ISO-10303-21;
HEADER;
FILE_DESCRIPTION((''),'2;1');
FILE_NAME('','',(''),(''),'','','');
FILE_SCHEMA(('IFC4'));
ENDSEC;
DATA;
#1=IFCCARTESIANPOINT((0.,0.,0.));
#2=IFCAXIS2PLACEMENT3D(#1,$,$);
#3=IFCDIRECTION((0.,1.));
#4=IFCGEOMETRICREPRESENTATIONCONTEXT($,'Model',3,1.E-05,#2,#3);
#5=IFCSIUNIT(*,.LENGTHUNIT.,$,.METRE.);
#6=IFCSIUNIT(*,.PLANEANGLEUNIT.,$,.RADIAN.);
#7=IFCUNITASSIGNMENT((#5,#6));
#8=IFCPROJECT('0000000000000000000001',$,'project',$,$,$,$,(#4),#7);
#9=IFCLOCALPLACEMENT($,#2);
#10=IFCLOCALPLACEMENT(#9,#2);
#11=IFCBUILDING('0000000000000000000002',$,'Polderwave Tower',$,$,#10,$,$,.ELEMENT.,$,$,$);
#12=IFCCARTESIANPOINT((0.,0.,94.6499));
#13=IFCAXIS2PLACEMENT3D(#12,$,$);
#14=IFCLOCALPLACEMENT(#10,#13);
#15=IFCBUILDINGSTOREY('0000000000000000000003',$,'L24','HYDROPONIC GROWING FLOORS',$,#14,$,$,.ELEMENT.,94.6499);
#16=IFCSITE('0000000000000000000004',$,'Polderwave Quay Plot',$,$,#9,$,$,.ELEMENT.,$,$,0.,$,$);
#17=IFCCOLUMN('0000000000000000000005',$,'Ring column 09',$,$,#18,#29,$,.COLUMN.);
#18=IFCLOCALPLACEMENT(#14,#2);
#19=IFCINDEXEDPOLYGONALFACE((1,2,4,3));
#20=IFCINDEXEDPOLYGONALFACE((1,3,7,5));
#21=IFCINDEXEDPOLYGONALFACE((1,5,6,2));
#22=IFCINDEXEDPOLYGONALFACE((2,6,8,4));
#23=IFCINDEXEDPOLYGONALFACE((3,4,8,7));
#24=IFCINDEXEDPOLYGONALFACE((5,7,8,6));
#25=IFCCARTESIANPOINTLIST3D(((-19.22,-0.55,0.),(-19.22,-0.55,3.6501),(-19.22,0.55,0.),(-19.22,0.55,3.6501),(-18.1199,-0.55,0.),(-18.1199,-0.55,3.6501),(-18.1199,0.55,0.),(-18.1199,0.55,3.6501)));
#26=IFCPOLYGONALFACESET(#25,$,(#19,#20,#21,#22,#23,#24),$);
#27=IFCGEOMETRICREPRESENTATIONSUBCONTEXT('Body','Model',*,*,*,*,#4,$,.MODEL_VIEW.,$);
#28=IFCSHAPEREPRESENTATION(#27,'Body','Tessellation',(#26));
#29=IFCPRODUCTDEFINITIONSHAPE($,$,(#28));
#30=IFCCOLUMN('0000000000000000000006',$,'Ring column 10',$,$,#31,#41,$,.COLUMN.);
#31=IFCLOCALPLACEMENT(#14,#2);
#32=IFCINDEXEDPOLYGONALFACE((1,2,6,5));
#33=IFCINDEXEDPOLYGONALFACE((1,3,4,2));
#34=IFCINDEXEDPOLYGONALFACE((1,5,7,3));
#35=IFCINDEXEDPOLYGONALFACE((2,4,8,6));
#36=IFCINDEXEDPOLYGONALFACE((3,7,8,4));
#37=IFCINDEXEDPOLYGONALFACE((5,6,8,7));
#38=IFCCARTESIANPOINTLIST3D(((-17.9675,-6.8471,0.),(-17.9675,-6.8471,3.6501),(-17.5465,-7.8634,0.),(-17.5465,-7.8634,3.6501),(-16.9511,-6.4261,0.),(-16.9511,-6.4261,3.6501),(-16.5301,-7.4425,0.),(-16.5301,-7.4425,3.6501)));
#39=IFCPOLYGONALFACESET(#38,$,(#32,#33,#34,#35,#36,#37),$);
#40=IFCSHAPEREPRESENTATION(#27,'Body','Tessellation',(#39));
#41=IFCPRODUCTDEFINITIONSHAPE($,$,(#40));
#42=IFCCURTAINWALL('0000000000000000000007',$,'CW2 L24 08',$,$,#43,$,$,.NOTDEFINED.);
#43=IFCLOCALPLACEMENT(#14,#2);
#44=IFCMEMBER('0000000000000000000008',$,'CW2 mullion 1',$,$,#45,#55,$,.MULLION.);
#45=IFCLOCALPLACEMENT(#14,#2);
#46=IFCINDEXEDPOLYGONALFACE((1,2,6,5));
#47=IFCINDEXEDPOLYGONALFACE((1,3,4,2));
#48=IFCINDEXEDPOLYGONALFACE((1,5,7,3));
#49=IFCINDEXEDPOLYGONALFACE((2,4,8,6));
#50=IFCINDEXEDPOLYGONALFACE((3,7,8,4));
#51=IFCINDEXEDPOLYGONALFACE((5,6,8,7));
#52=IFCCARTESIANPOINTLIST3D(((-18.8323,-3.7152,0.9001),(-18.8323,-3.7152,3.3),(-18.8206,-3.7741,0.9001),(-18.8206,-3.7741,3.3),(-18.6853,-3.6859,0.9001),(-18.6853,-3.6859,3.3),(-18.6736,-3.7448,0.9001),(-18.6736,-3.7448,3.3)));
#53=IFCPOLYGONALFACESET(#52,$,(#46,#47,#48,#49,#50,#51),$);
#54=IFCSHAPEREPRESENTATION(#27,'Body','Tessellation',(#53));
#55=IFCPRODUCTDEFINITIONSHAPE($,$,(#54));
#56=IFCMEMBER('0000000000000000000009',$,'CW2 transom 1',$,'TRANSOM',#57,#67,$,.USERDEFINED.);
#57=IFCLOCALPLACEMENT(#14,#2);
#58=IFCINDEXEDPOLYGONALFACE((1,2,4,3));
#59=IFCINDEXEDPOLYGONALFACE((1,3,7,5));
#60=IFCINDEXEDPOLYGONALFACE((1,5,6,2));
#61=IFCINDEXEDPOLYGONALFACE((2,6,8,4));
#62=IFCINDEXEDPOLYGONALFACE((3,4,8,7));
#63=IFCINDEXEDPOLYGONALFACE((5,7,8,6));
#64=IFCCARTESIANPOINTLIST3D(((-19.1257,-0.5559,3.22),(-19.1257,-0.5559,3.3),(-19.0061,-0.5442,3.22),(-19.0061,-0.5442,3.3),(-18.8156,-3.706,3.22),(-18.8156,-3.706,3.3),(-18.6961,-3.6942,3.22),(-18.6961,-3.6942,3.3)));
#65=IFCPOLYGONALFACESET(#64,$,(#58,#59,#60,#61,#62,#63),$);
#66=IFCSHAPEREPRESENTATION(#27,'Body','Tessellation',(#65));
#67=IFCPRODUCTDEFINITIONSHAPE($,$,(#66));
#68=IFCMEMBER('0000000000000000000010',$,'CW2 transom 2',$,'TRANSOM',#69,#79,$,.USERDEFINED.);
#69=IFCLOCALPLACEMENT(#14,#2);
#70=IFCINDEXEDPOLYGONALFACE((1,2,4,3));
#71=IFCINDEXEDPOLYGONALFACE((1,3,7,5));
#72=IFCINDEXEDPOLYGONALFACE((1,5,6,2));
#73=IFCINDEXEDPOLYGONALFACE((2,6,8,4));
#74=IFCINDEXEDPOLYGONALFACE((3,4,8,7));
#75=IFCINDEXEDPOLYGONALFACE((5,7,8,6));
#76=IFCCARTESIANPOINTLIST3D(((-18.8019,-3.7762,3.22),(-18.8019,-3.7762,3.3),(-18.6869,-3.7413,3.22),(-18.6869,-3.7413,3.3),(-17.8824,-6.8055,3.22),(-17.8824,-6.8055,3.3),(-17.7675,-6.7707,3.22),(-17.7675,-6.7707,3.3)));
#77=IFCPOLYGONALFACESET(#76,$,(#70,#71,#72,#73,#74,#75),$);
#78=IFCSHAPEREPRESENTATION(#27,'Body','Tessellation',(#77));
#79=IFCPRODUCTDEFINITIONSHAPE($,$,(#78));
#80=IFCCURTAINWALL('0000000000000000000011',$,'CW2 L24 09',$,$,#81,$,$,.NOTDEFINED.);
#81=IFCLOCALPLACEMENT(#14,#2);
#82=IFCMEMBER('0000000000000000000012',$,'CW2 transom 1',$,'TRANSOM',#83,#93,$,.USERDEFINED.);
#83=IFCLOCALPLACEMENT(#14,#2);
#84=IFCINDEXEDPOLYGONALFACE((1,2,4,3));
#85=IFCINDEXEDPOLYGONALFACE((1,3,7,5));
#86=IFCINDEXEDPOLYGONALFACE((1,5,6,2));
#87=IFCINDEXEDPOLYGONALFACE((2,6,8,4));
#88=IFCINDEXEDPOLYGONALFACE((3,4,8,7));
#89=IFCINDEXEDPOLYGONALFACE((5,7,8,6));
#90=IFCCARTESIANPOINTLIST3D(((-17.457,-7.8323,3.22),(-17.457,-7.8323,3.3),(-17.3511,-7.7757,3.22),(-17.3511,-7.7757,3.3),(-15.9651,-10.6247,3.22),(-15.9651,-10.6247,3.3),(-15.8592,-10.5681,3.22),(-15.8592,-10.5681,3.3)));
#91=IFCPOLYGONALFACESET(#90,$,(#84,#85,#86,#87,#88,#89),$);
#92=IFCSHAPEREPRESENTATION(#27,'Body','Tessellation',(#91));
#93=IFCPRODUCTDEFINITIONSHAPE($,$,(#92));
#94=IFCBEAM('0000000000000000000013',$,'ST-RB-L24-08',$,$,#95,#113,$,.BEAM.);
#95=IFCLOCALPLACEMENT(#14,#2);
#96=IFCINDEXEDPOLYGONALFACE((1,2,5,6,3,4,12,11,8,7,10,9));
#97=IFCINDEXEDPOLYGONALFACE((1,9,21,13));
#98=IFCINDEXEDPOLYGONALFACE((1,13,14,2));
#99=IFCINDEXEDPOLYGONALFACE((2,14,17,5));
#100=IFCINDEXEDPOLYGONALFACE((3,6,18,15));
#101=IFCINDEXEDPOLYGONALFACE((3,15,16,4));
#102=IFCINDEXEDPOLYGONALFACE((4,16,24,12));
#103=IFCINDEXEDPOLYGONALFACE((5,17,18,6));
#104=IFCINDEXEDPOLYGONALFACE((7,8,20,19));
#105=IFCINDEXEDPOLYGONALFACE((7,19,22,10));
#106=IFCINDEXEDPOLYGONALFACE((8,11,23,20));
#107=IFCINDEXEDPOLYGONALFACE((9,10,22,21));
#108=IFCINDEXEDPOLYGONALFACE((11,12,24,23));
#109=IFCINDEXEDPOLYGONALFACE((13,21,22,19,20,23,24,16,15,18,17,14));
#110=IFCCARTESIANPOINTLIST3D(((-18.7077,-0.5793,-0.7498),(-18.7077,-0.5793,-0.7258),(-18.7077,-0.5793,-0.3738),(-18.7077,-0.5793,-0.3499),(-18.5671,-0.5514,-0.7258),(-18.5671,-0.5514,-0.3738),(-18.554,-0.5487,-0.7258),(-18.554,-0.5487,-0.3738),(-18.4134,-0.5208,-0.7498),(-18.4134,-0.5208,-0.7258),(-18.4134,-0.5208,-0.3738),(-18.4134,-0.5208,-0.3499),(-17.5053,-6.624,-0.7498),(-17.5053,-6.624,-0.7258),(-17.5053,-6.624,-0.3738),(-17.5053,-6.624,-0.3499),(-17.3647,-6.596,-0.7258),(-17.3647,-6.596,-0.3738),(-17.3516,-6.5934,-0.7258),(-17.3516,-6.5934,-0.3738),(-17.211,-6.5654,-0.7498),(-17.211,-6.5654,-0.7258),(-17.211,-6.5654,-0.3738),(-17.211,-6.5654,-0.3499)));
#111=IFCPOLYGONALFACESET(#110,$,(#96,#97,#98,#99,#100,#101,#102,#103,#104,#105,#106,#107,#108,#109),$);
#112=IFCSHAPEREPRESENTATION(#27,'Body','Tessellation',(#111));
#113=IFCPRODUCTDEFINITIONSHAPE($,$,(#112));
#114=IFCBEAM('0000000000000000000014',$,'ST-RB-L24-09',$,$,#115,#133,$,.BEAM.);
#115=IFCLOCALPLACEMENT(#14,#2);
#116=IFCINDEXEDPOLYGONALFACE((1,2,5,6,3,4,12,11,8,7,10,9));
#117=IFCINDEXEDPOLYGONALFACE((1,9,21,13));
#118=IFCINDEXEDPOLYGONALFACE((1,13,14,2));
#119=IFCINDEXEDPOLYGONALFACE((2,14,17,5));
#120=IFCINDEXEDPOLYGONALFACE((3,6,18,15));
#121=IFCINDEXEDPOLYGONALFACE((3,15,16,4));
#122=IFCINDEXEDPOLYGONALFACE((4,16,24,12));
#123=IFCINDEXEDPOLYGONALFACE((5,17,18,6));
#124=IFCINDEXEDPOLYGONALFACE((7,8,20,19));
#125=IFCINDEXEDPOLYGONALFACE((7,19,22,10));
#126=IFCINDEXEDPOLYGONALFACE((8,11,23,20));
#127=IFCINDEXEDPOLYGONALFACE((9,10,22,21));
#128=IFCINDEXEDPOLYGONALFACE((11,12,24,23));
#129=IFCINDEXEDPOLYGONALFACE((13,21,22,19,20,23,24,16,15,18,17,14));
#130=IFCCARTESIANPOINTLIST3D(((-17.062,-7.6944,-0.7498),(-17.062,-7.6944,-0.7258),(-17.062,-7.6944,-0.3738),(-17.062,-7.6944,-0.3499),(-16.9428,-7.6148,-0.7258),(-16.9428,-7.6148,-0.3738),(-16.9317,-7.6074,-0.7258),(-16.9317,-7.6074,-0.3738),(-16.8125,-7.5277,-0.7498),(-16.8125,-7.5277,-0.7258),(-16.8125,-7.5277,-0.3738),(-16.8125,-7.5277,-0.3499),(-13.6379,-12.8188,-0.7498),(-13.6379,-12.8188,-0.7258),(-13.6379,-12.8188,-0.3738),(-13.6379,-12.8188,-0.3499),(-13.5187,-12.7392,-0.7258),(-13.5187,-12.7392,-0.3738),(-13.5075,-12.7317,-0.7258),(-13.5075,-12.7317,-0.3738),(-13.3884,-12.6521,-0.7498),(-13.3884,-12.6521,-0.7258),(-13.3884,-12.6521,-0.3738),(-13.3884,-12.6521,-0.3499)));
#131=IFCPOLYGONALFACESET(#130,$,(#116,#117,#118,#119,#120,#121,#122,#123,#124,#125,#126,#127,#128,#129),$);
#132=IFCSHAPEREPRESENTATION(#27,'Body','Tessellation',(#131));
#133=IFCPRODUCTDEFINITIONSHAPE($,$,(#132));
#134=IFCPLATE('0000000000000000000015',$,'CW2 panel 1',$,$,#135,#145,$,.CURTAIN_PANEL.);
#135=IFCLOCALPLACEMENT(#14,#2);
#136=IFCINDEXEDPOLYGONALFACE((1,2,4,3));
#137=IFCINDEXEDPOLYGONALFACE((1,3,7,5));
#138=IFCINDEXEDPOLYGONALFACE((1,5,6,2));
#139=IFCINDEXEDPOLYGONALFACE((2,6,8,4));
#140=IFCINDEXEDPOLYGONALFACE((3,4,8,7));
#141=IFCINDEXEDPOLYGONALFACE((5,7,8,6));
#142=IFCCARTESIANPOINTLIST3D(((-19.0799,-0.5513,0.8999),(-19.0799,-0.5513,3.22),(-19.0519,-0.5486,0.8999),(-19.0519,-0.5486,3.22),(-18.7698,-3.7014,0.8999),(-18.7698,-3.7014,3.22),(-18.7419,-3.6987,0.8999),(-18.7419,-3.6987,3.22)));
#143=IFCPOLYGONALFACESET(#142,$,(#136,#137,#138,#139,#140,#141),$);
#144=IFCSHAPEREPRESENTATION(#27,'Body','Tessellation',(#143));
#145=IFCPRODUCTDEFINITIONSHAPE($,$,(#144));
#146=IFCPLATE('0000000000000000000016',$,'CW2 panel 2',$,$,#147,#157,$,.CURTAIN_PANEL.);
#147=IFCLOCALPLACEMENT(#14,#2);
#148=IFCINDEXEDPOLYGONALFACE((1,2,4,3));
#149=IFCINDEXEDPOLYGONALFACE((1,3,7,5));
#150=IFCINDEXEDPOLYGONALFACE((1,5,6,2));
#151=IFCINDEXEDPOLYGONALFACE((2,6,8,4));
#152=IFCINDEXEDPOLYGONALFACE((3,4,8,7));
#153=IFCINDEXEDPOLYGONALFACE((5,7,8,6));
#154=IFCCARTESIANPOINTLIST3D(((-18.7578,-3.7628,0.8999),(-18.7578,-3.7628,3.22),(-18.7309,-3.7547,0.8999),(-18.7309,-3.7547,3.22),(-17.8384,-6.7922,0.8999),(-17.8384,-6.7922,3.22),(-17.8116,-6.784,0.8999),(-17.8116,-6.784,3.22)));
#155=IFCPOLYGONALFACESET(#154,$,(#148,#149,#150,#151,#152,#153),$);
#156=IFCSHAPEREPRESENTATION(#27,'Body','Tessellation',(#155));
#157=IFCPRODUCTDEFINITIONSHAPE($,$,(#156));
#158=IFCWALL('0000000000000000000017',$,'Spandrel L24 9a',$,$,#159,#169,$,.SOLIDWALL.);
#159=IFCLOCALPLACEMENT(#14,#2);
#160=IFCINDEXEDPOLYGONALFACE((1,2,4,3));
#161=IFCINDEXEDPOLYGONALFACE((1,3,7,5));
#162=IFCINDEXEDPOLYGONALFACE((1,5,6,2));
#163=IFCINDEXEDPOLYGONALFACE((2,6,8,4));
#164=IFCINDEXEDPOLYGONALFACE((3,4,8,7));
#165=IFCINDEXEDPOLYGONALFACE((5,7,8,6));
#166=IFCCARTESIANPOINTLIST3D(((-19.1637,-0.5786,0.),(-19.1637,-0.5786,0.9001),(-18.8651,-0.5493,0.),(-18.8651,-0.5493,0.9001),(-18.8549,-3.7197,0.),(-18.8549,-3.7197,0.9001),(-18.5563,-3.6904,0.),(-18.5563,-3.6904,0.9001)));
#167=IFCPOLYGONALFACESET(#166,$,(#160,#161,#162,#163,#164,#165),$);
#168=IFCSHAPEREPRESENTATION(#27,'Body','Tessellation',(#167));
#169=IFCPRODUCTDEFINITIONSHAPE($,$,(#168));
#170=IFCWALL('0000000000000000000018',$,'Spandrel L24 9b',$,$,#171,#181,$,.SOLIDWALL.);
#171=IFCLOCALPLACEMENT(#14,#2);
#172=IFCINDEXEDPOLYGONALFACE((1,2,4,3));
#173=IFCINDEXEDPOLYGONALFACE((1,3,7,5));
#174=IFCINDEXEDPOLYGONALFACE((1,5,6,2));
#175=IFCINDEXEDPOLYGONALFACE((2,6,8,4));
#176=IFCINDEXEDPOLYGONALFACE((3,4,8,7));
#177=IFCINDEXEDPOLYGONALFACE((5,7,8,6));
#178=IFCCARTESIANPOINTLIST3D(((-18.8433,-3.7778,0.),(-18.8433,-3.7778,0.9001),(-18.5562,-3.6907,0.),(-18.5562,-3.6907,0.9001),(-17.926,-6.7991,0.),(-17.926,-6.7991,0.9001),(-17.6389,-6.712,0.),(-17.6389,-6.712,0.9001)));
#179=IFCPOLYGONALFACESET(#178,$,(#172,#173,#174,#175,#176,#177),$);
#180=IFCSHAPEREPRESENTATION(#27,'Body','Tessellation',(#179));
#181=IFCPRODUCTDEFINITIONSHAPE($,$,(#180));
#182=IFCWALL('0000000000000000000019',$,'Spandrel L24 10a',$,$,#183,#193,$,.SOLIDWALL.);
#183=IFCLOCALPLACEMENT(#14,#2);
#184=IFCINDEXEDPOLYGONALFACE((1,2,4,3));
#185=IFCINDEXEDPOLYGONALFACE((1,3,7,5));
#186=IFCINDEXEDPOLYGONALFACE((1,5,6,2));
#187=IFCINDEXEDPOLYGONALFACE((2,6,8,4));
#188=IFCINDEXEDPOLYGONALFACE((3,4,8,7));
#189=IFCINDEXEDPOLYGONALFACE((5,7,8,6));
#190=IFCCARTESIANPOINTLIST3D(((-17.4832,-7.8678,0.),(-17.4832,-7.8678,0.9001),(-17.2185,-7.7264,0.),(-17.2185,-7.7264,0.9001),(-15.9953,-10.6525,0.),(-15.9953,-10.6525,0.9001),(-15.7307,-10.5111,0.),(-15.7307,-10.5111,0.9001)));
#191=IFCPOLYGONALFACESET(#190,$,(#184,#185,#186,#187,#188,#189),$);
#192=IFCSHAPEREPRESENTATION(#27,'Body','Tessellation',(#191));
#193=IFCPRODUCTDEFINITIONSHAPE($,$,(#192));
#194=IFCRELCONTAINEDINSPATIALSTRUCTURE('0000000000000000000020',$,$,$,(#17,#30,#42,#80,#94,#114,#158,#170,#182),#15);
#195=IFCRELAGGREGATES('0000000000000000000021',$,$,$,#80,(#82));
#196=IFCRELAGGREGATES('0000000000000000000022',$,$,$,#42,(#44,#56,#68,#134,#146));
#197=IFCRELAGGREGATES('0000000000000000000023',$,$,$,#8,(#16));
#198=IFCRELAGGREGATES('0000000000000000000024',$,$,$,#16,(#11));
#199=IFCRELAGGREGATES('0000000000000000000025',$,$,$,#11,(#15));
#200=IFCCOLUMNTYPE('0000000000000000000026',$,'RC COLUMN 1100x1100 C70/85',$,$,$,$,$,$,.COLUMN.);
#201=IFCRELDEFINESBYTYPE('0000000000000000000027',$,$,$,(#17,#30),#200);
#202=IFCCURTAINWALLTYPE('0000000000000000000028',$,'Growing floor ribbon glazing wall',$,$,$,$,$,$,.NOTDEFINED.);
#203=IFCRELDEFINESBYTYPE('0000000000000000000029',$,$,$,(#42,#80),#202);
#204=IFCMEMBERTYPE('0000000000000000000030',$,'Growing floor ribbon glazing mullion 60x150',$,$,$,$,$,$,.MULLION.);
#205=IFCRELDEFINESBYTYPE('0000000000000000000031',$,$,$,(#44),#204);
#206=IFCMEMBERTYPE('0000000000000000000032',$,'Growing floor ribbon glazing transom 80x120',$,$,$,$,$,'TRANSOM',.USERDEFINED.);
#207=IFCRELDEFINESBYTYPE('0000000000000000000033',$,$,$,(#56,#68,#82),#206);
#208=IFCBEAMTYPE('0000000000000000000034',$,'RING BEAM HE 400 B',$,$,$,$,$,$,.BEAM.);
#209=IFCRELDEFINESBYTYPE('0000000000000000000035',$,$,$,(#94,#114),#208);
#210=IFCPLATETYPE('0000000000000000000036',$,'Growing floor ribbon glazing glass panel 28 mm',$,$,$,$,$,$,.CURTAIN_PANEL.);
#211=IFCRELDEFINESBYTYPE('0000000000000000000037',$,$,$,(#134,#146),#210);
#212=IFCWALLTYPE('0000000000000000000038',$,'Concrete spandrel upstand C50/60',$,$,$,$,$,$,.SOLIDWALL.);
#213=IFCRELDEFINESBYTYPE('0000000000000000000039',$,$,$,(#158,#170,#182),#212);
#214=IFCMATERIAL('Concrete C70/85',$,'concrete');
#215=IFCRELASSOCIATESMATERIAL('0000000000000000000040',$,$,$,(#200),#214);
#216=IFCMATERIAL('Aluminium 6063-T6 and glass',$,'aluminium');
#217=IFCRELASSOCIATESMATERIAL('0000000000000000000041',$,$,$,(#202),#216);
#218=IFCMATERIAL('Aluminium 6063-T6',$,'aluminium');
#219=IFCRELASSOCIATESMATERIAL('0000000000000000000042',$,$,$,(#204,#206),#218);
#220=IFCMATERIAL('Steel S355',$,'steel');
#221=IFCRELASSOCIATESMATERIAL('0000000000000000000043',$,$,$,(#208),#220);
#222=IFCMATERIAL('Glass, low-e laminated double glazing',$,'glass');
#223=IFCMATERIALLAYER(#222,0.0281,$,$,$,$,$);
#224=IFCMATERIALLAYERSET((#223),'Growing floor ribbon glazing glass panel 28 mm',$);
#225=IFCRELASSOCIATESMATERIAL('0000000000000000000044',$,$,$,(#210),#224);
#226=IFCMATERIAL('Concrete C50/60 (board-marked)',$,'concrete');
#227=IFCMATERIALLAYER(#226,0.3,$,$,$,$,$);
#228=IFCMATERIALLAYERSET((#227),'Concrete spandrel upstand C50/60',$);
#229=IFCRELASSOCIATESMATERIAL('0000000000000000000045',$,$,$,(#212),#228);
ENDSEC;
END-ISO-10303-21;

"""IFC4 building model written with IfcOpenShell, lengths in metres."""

from ifc_helpers import new_model, si_unit, direction, frame, frame_2d, origin, origin_2d, place, context, subcontext, project, spatial, rectangle, i_section, extrude, material, layer, layer_set, material_profile, profile_set, type_object, element, aggregate, save


model = new_model("IFC4")

# Units and contexts
model_context = context("Model", 3, precision=1e-05, world=origin(), true_north=direction((0.0, 1.0)))
body_context = subcontext(model_context, "Body", "Model", "MODEL_VIEW")
ifc_project = project(units=[si_unit("LENGTHUNIT", "METRE"), si_unit("PLANEANGLEUNIT", "RADIAN")], contexts=[model_context])

# Site, building, storey
site_placement = place(None, origin())
site = spatial("IfcSite", under=ifc_project, at=site_placement, Name="Polderwave Quay Plot", CompositionType="ELEMENT", RefElevation=0.0)
building_placement = place(site_placement, origin())
building = spatial("IfcBuilding", under=site, at=building_placement, Name="Polderwave Tower", CompositionType="ELEMENT")
storey_placement = place(building_placement, frame((0.0, 0.0, 94.6499)))
storey = spatial("IfcBuildingStorey", under=building, at=storey_placement, Name="L24", Description="HYDROPONIC GROWING FLOORS", CompositionType="ELEMENT", Elevation=94.6499)

# Columns
ifc_material_1 = material(Name="Concrete C70/85", Category="concrete")
ifc_material_profile_1 = material_profile(ifc_material_1, rectangle(XDim=1.1001, YDim=1.1001, at=origin_2d()), Name="RC 1100x1100")
ifc_profile_set_1 = profile_set([ifc_material_profile_1], Name="Concrete C70/85")
column_type = type_object("IfcColumnType", Name="RC COLUMN 1100x1100 C70/85", PredefinedType="COLUMN", material=ifc_profile_set_1)
for number, where, z_axis, x_axis, name in (
    (1, (-18.6699, 0.0, 0.0), (0.0, 0.0, 1.0), (-1.0, 0.0, 0.0), "Ring column 09"),
    (2, (-17.2488, -7.1448, 0.0), (0.0, 0.0, 1.0), (-0.92388, -0.382683, 0.0), "Ring column 10"),
):
    element("IfcColumn", number, at=place(storey_placement, frame(where, z_axis=z_axis, x_axis=x_axis)), inside=storey, type_object=column_type, Name=name, PredefinedType="COLUMN", context=body_context, shape_type="SweptSolid", body=[
        extrude(rectangle(XDim=1.1001, YDim=1.1001, at=origin_2d()), origin(), (0.0, 0.0, 1.0), 3.6501),
    ])

# Curtain wall, members
ifc_material_2 = material(Name="Aluminium 6063-T6 and glass", Category="aluminium")
curtain_wall_type = type_object("IfcCurtainWallType", Name="Growing floor ribbon glazing wall", PredefinedType="NOTDEFINED", material=ifc_material_2)
curtain_wall_1_placement = place(storey_placement, origin())
curtain_wall_1 = element("IfcCurtainWall", 3, at=curtain_wall_1_placement, inside=storey, type_object=curtain_wall_type, Name="CW2 L24 08", PredefinedType="NOTDEFINED")
ifc_material_3 = material(Name="Aluminium 6063-T6", Category="aluminium")
ifc_material_profile_2 = material_profile(ifc_material_3, rectangle(XDim=0.1499, YDim=0.0601, at=origin_2d()), Name="AL 60x150")
ifc_profile_set_2 = profile_set([ifc_material_profile_2], Name="Aluminium 6063-T6")
member_type_1 = type_object("IfcMemberType", Name="Growing floor ribbon glazing mullion 60x150", PredefinedType="MULLION", material=ifc_profile_set_2)
member_1_placement = place(storey_placement, frame((-18.7529, -3.73, 0.9001), z_axis=(0.0, 0.0, 1.0), x_axis=(0.980781, 0.195113, 0.0)))
member_1 = element("IfcMember", 4, at=member_1_placement, type_object=member_type_1, Name="CW2 mullion 1", PredefinedType="MULLION", context=body_context, shape_type="SweptSolid", body=[
    extrude(rectangle(XDim=0.1499, YDim=0.0601, at=origin_2d()), origin(), (0.0, 0.0, 1.0), 2.3999),
])
ifc_material_profile_3 = material_profile(ifc_material_3, rectangle(XDim=0.1201, YDim=0.0801, at=origin_2d()), Name="AL 80x120")
ifc_profile_set_3 = profile_set([ifc_material_profile_3], Name="Aluminium 6063-T6")
member_type_2 = type_object("IfcMemberType", Name="Growing floor ribbon glazing transom 80x120", ElementType="TRANSOM", PredefinedType="USERDEFINED", material=ifc_profile_set_3)
member_2_placement = place(storey_placement, frame((-19.0659, -0.55, 3.26), z_axis=(0.097953, -0.995191, 0.0), x_axis=(0.995191, 0.097953, 0.0)))
member_2 = element("IfcMember", 5, at=member_2_placement, type_object=member_type_2, Name="CW2 transom 1", ObjectType="TRANSOM", PredefinedType="USERDEFINED", context=body_context, shape_type="SweptSolid", body=[
    extrude(rectangle(XDim=0.1201, YDim=0.0801, at=origin_2d()), origin(), (0.0, 0.0, 1.0), 3.1653),
])
member_3_placement = place(storey_placement, frame((-18.7444, -3.7588, 3.26), z_axis=(0.290431, -0.956896, 0.0), x_axis=(0.956896, 0.290431, 0.0)))
member_3 = element("IfcMember", 6, at=member_3_placement, type_object=member_type_2, Name="CW2 transom 2", ObjectType="TRANSOM", PredefinedType="USERDEFINED", context=body_context, shape_type="SweptSolid", body=[
    extrude(rectangle(XDim=0.1201, YDim=0.0801, at=origin_2d()), origin(), (0.0, 0.0, 1.0), 3.1658),
])

# Curtain wall, member
curtain_wall_2_placement = place(storey_placement, origin())
curtain_wall_2 = element("IfcCurtainWall", 7, at=curtain_wall_2_placement, inside=storey, type_object=curtain_wall_type, Name="CW2 L24 09", PredefinedType="NOTDEFINED")
member_4_placement = place(storey_placement, frame((-17.4041, -7.804, 3.26), z_axis=(0.471232, -0.882009, 0.0), x_axis=(0.882009, 0.471232, 0.0)))
member_4 = element("IfcMember", 8, at=member_4_placement, type_object=member_type_2, Name="CW2 transom 1", ObjectType="TRANSOM", PredefinedType="USERDEFINED", context=body_context, shape_type="SweptSolid", body=[
    extrude(rectangle(XDim=0.1201, YDim=0.0801, at=origin_2d()), origin(), (0.0, 0.0, 1.0), 3.166),
])
aggregate(curtain_wall_2, [member_4])

# Beams
ifc_material_4 = material(Name="Steel S355", Category="steel")
ifc_material_profile_4 = material_profile(ifc_material_4, i_section(OverallWidth=0.3, OverallDepth=0.3999, WebThickness=0.0134, FlangeThickness=0.0239, at=origin_2d()), Name="HE 400 B")
ifc_profile_set_4 = profile_set([ifc_material_profile_4], Name="Steel S355")
beam_type = type_object("IfcBeamType", Name="RING BEAM HE 400 B", PredefinedType="BEAM", material=ifc_profile_set_4)
for number, where, z_axis, x_axis, name in (
    (9, (-18.5605, -0.55, -0.5498), (0.195095, -0.980784, 0.0), (0.980784, 0.195095, 0.0), "ST-RB-L24-08"),
    (10, (-16.9373, -7.6111, -0.5498), (0.555587, -0.831459, 0.0), (0.831459, 0.555587, 0.0), "ST-RB-L24-09"),
):
    element("IfcBeam", number, at=place(storey_placement, frame(where, z_axis=z_axis, x_axis=x_axis)), inside=storey, type_object=beam_type, Name=name, PredefinedType="BEAM", context=body_context, shape_type="SweptSolid", body=[
        extrude(i_section(OverallWidth=0.3, OverallDepth=0.3999, WebThickness=0.0134, FlangeThickness=0.0239, at=origin_2d()), origin(), (0.0, 0.0, 1.0), 6.1631),
    ])

# Plates
ifc_material_5 = material(Name="Glass, low-e laminated double glazing", Category="glass")
ifc_layer_1 = layer(ifc_material_5, 0.0281)
ifc_layer_set_1 = layer_set([ifc_layer_1], Name="Growing floor ribbon glazing glass panel 28 mm")
plate_type = type_object("IfcPlateType", Name="Growing floor ribbon glazing glass panel 28 mm", PredefinedType="CURTAIN_PANEL", material=ifc_layer_set_1)
plate_1_placement = place(storey_placement, frame((-18.9109, -2.125, 0.8999), z_axis=(0.0, 0.0, 1.0), x_axis=(0.097955, -0.995191, 0.0)))
plate_1 = element("IfcPlate", 11, at=plate_1_placement, type_object=plate_type, Name="CW2 panel 1", PredefinedType="CURTAIN_PANEL", context=body_context, shape_type="SweptSolid", body=[
    extrude(rectangle(XDim=3.1653, YDim=0.0281, at=origin_2d()), origin(), (0.0, 0.0, 1.0), 2.3201),
])
plate_2_placement = place(storey_placement, frame((-18.2847, -5.2734, 0.8999), z_axis=(0.0, 0.0, 1.0), x_axis=(0.29039, -0.956908, 0.0)))
plate_2 = element("IfcPlate", 12, at=plate_2_placement, type_object=plate_type, Name="CW2 panel 2", PredefinedType="CURTAIN_PANEL", context=body_context, shape_type="SweptSolid", body=[
    extrude(rectangle(XDim=3.1658, YDim=0.0281, at=origin_2d()), origin(), (0.0, 0.0, 1.0), 2.3201),
])
aggregate(curtain_wall_1, [member_1, member_2, member_3, plate_1, plate_2])

# Walls
ifc_material_6 = material(Name="Concrete C50/60 (board-marked)", Category="concrete")
ifc_layer_2 = layer(ifc_material_6, 0.3)
ifc_layer_set_2 = layer_set([ifc_layer_2], Name="Concrete spandrel upstand C50/60")
wall_type_1 = type_object("IfcWallType", Name="Concrete spandrel upstand C50/60", PredefinedType="SOLIDWALL", material=ifc_layer_set_2)
wall_1_placement = place(storey_placement, frame((-19.0144, -0.564, 0.0), z_axis=(0.0, 0.0, 1.0), x_axis=(0.097849, -0.995201, 0.0)))
element("IfcWall", 13, at=wall_1_placement, inside=storey, type_object=wall_type_1, Name="Spandrel L24 9a", PredefinedType="SOLIDWALL", context=body_context, shape_type="SweptSolid", body=[
    extrude(rectangle(XDim=3.1562, YDim=0.3, at=frame_2d((1.5781, 0.0))), origin(), (0.0, 0.0, 1.0), 0.9001),
])
wall_2_placement = place(storey_placement, frame((-18.6997, -3.7344, 0.0), z_axis=(0.0, 0.0, 1.0), x_axis=(0.290503, -0.956874, 0.0)))
element("IfcWall", 14, at=wall_2_placement, inside=storey, type_object=wall_type_1, Name="Spandrel L24 9b", PredefinedType="SOLIDWALL", context=body_context, shape_type="SweptSolid", body=[
    extrude(rectangle(XDim=3.1575, YDim=0.3, at=frame_2d((1.5786, 0.0))), origin(), (0.0, 0.0, 1.0), 0.9001),
])
wall_3_placement = place(storey_placement, frame((-17.3508, -7.7971, 0.0), z_axis=(0.0, 0.0, 1.0), x_axis=(0.471238, -0.882006, 0.0)))
element("IfcWall", 15, at=wall_3_placement, inside=storey, type_object=wall_type_1, Name="Spandrel L24 10a", PredefinedType="SOLIDWALL", context=body_context, shape_type="SweptSolid", body=[
    extrude(rectangle(XDim=3.1572, YDim=0.3, at=frame_2d((1.5786, 0.0))), origin(), (0.0, 0.0, 1.0), 0.9001),
])

save(model, "model.ifc")
